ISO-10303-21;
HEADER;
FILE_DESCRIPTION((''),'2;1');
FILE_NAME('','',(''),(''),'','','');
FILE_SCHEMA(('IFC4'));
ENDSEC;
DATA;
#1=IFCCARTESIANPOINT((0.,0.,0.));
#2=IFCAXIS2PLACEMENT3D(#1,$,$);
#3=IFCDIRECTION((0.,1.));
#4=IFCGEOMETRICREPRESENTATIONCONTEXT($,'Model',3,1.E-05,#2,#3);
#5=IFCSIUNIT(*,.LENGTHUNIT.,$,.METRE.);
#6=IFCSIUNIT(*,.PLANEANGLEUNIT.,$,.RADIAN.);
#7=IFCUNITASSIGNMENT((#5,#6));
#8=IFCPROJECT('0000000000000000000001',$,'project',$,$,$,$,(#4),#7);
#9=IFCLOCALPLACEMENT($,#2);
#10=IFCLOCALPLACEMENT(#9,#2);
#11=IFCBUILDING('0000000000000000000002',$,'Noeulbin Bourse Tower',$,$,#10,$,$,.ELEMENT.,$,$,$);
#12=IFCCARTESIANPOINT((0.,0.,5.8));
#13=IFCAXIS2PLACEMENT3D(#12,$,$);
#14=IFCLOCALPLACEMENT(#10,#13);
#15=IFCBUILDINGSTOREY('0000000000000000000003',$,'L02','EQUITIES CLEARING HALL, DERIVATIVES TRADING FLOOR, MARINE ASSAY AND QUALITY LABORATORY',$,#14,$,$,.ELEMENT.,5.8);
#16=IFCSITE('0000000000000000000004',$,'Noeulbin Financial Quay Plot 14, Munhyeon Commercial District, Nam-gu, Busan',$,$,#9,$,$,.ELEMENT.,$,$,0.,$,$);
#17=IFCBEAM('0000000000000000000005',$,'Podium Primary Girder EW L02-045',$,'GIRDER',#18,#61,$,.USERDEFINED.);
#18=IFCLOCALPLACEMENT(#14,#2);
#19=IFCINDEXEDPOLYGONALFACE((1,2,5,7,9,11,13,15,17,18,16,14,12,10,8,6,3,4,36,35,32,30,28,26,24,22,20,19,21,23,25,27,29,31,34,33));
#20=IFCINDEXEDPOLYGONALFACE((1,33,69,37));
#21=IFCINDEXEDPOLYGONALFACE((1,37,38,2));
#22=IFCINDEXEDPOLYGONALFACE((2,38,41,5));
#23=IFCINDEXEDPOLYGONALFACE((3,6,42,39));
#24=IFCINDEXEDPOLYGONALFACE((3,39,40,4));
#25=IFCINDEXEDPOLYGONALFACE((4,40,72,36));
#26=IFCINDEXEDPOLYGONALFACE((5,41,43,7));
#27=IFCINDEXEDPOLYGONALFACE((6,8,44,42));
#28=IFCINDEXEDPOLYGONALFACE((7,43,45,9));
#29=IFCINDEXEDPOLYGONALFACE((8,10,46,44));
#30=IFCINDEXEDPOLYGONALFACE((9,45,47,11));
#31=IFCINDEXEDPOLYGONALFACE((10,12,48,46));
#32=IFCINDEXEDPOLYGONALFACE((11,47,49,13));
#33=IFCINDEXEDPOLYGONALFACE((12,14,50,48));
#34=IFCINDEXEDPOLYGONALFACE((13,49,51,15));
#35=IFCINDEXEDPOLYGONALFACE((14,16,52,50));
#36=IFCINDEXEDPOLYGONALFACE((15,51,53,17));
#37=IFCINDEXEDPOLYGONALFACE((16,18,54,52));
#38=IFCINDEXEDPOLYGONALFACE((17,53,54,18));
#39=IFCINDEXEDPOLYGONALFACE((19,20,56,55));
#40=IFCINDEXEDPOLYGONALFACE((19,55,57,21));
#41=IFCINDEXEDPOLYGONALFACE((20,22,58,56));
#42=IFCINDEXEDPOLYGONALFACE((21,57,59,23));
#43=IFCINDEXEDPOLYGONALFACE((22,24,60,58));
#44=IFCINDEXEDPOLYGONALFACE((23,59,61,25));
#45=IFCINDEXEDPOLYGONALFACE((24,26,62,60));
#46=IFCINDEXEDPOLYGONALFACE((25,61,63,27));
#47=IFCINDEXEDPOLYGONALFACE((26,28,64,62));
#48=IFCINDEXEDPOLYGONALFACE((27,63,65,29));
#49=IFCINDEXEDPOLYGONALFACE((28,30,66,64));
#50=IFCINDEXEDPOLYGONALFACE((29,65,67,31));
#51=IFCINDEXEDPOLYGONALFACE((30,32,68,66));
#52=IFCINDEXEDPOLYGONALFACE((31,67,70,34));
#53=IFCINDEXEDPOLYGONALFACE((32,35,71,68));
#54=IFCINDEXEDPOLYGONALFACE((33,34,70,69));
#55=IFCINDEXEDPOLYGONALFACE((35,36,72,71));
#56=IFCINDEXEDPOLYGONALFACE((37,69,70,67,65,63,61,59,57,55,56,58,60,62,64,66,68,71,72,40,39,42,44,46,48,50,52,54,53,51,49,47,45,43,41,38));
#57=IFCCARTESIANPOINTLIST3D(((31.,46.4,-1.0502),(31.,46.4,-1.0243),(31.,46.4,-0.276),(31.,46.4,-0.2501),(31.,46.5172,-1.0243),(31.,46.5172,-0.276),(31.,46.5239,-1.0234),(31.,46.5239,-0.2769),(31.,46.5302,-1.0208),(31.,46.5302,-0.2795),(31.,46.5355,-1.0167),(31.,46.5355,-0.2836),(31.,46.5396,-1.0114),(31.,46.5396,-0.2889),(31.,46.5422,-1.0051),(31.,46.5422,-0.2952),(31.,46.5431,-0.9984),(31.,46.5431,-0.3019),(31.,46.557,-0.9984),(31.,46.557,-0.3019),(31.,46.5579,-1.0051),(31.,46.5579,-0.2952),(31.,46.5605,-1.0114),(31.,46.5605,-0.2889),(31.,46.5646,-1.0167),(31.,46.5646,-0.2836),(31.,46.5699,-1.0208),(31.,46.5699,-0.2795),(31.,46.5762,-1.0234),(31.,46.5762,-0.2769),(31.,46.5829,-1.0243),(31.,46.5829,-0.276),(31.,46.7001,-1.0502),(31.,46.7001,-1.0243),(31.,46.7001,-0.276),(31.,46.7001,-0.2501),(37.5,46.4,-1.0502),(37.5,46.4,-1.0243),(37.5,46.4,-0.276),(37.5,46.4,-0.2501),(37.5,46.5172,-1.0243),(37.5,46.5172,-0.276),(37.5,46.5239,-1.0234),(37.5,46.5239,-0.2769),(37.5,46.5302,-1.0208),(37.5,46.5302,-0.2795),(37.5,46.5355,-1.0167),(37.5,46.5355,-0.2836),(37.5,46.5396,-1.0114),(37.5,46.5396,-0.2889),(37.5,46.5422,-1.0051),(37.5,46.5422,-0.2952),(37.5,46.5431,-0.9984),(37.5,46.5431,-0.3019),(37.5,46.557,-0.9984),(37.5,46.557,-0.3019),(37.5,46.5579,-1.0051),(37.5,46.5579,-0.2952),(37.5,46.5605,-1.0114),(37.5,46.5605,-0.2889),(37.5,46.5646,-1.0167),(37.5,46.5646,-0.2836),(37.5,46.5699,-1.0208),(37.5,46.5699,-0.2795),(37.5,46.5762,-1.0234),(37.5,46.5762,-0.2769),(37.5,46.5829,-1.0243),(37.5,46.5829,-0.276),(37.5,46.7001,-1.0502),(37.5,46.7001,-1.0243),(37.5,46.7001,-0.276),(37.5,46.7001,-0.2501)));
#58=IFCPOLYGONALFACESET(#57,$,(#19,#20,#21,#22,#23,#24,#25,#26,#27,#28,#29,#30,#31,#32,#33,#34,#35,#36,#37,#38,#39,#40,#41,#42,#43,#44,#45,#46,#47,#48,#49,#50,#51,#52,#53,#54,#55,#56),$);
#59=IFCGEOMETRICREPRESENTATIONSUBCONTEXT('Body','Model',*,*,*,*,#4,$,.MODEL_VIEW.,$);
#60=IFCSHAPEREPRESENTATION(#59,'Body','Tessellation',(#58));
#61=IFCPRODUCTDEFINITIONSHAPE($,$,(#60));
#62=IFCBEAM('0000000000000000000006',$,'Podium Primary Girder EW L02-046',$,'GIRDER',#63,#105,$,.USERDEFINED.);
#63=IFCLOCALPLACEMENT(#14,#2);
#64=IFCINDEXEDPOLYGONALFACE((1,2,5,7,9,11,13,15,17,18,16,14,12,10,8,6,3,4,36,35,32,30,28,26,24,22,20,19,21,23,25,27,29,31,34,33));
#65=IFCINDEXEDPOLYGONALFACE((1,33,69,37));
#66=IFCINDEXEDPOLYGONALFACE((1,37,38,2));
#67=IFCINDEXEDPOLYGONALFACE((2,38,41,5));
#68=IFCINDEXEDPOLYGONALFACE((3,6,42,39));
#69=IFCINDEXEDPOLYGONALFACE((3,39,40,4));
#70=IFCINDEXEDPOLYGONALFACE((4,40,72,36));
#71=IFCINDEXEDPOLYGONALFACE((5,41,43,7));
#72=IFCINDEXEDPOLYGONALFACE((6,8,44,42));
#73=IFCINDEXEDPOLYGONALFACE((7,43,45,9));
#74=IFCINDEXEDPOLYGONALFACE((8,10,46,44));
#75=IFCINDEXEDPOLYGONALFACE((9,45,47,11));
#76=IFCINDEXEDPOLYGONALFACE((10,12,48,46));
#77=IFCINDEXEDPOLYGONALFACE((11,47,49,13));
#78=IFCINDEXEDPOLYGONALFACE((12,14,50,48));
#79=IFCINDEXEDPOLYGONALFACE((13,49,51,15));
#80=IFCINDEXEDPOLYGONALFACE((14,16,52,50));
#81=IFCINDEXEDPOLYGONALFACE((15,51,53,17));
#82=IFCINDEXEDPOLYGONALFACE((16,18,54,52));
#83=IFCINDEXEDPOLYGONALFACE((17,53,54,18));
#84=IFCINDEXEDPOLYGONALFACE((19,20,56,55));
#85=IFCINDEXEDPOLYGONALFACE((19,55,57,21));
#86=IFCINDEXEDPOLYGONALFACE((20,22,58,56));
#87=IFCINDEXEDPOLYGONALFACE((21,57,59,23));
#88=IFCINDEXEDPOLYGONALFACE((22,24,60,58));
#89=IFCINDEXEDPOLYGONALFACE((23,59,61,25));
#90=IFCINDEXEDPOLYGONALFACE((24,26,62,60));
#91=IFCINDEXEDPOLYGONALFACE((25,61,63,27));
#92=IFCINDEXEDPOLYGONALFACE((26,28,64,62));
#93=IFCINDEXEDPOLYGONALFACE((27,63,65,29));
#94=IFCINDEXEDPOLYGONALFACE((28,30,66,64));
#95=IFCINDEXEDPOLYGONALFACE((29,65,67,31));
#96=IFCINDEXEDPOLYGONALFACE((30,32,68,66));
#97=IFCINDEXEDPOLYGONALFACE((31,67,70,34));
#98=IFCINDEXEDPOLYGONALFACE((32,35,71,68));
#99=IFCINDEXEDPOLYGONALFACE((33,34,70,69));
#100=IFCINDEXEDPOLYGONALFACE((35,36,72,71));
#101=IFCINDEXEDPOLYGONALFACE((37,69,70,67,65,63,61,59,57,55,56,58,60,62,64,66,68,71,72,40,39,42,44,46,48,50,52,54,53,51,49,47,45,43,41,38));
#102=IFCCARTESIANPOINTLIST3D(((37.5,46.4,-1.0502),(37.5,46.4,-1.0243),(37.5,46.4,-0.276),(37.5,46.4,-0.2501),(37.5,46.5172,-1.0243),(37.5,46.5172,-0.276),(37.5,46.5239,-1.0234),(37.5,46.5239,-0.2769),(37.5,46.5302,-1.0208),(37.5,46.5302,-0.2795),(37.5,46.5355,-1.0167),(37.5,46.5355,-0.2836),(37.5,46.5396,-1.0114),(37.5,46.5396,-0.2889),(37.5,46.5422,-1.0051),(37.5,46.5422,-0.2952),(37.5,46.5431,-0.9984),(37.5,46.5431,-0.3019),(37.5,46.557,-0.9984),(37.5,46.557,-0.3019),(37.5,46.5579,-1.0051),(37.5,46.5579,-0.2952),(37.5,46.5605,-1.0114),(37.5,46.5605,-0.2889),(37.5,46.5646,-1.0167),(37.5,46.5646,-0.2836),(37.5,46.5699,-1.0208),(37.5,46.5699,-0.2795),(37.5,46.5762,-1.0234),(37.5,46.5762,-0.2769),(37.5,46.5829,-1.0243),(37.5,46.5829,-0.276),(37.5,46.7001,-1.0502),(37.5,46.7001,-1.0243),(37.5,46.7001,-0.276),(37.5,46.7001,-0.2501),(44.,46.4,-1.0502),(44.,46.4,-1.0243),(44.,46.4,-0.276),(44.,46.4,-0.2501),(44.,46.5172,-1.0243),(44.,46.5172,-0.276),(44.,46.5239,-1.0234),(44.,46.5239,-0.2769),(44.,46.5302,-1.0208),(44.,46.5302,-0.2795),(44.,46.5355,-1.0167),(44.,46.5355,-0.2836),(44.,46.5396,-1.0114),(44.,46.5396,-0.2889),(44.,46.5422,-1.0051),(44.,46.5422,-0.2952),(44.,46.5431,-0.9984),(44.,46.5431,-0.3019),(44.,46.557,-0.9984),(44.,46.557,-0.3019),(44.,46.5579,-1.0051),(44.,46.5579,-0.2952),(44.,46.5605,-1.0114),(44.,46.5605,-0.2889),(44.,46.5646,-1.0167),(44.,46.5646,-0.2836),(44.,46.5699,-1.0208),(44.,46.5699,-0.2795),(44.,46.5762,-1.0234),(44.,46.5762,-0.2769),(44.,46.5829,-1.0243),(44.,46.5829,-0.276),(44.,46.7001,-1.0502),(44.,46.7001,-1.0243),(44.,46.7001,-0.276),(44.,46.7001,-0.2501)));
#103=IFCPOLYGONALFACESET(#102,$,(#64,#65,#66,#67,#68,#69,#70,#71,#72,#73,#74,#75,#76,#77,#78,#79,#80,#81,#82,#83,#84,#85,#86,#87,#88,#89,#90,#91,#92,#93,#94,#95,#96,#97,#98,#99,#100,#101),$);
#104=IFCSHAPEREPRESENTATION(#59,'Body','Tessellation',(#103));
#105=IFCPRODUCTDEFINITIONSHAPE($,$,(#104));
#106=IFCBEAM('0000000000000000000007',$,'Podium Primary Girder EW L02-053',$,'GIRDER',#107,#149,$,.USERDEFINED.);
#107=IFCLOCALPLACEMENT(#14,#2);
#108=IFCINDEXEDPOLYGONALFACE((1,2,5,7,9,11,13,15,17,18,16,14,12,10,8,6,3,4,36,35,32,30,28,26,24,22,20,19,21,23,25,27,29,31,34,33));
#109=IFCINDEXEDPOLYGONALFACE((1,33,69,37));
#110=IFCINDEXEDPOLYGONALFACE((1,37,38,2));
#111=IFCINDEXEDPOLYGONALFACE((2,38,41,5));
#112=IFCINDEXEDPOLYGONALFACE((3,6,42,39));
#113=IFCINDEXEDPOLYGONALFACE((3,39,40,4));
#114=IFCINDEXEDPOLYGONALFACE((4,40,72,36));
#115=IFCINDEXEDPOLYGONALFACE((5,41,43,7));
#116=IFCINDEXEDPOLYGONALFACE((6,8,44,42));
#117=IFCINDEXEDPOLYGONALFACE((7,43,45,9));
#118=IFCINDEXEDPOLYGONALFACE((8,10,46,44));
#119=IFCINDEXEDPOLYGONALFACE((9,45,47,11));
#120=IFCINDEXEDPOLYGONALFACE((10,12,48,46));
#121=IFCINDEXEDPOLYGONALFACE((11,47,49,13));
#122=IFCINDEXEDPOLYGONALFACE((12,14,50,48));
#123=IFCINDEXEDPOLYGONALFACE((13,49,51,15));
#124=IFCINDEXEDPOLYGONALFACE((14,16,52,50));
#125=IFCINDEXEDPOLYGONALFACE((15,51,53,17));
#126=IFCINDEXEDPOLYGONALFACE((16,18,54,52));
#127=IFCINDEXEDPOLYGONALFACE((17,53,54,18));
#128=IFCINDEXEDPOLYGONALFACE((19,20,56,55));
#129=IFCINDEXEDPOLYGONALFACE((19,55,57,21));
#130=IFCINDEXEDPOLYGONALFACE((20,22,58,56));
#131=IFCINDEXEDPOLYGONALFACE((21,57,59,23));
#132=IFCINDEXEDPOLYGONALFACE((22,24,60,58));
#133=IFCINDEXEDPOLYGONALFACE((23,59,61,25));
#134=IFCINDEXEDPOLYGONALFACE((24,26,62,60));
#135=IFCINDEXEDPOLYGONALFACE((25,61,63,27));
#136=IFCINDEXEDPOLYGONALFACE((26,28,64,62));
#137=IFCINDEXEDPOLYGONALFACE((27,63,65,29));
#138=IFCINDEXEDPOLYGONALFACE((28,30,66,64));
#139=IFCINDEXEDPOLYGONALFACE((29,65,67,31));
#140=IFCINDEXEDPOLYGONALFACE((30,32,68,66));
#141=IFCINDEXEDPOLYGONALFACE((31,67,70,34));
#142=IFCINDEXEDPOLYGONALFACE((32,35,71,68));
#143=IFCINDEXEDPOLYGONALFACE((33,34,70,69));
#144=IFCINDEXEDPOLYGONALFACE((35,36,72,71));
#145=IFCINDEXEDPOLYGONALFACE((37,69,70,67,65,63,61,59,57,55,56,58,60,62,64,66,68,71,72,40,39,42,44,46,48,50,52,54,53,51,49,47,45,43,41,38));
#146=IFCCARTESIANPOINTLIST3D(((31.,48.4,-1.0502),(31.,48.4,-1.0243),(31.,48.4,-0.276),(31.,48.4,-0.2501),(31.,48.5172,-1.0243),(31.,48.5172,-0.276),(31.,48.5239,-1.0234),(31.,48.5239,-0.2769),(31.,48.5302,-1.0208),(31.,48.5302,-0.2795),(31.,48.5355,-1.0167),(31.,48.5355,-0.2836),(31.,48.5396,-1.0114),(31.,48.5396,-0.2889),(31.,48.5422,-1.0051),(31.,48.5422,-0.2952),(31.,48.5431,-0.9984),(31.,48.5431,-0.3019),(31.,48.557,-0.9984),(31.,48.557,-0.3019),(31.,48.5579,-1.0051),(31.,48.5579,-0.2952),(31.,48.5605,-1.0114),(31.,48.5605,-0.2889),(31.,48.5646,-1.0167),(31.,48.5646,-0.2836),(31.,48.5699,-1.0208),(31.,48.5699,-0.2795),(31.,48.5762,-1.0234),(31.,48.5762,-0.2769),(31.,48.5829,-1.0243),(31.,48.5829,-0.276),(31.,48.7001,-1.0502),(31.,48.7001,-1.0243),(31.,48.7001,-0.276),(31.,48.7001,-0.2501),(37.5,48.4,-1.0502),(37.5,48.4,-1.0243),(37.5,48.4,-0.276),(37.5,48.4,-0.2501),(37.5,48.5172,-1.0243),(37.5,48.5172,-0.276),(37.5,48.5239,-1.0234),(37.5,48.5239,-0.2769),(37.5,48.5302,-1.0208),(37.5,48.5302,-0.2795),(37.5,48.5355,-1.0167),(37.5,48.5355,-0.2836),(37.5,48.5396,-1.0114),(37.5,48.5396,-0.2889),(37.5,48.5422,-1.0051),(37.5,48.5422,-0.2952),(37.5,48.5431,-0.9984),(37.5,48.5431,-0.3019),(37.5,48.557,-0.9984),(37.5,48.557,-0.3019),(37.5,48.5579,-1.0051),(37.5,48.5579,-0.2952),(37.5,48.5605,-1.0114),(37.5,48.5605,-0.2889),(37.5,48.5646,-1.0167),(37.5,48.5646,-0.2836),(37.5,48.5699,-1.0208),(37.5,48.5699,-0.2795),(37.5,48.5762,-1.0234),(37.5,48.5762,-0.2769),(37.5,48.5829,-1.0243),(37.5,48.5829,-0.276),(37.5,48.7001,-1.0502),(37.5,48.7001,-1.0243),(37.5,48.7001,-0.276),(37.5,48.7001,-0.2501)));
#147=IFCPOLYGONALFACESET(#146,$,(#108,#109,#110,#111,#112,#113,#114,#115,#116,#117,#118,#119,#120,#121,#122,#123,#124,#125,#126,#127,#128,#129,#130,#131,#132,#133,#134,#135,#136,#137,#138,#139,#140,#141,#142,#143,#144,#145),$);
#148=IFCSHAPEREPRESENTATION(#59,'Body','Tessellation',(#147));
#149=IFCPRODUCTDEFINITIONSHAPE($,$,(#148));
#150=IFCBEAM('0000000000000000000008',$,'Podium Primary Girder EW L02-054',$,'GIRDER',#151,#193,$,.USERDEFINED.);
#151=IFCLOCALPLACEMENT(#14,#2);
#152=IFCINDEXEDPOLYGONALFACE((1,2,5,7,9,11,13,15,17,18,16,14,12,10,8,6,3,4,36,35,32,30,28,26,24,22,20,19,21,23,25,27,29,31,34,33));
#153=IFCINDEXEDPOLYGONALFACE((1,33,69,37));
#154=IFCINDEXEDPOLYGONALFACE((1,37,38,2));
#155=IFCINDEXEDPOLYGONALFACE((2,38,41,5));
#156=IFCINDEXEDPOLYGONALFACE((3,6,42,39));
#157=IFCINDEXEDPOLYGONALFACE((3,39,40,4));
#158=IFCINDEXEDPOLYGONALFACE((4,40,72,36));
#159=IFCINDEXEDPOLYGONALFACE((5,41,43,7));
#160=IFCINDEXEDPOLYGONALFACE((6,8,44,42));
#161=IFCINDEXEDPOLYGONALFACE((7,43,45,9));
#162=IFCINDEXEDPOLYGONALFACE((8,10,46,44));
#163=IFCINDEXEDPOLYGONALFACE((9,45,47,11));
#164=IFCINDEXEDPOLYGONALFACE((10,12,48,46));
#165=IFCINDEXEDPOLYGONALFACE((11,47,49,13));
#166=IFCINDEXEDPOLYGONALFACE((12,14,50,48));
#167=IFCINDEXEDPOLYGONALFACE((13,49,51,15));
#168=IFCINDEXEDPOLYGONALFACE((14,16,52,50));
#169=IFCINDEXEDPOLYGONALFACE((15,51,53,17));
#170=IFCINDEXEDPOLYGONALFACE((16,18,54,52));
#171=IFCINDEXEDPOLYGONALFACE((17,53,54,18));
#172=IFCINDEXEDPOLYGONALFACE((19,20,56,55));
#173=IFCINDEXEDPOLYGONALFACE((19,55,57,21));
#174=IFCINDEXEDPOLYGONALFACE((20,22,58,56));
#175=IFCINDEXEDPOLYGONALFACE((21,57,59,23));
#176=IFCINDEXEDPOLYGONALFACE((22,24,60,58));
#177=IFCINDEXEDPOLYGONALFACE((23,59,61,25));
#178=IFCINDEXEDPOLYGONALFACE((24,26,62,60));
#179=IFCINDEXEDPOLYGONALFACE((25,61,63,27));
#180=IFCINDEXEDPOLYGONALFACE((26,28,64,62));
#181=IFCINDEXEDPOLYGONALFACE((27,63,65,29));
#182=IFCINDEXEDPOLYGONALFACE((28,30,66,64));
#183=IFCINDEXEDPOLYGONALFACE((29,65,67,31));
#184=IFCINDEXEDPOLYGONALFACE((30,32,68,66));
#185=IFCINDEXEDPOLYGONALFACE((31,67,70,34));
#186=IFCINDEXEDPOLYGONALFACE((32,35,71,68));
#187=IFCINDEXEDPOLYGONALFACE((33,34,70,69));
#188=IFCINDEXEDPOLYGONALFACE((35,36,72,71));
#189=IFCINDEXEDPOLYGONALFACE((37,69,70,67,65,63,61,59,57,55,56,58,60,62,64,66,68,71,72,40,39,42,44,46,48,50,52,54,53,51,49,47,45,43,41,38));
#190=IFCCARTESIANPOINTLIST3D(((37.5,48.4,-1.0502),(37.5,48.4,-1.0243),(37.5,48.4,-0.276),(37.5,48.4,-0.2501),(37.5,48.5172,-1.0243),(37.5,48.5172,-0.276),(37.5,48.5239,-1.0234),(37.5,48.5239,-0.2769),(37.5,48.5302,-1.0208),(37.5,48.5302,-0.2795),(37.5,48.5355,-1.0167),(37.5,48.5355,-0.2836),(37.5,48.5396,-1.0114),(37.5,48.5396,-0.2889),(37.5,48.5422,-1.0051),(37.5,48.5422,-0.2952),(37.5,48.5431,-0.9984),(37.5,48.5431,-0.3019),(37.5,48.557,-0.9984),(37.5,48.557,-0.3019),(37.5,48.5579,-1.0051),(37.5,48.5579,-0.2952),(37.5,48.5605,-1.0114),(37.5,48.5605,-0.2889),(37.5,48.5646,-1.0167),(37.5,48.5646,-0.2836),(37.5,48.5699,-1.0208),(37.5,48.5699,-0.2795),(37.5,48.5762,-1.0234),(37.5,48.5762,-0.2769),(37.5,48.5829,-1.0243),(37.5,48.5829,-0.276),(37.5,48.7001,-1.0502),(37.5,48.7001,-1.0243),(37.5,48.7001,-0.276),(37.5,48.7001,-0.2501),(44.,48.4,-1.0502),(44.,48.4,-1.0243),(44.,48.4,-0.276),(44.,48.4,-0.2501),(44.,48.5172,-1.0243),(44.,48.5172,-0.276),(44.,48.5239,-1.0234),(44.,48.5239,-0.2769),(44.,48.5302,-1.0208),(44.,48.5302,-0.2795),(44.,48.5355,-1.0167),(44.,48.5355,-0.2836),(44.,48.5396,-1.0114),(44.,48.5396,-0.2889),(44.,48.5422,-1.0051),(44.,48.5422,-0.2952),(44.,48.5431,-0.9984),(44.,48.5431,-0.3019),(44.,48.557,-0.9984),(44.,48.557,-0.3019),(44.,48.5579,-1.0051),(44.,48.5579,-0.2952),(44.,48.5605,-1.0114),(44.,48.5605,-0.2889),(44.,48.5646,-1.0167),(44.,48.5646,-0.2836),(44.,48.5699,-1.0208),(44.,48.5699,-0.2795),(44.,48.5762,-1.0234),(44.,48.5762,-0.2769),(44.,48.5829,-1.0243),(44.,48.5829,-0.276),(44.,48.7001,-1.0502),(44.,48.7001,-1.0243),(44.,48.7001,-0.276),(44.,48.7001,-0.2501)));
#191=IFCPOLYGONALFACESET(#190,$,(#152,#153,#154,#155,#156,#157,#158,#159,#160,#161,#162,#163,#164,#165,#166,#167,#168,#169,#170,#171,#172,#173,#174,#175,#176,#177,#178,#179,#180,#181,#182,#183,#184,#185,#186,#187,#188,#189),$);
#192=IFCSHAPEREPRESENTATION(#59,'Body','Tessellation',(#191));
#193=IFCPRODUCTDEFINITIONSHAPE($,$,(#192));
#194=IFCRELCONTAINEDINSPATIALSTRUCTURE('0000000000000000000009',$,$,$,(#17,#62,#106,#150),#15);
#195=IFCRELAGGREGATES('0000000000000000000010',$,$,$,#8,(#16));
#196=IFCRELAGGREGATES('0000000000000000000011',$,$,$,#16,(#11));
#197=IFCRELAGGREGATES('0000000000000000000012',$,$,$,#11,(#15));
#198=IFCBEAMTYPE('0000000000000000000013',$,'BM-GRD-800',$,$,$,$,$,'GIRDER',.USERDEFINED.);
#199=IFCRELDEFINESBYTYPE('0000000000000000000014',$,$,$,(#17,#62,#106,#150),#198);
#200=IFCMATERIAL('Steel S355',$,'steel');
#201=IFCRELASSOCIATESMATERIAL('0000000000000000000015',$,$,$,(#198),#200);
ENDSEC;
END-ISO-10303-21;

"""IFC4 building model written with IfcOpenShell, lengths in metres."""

from ifc_helpers import new_model, si_unit, direction, frame, origin, origin_2d, place, context, subcontext, project, spatial, i_section, extrude, material, material_profile, profile_set, type_object, element, save


model = new_model("IFC4")

# Units and contexts
model_context = context("Model", 3, precision=1e-05, world=origin(), true_north=direction((0.0, 1.0)))
body_context = subcontext(model_context, "Body", "Model", "MODEL_VIEW")
ifc_project = project(units=[si_unit("LENGTHUNIT", "METRE"), si_unit("PLANEANGLEUNIT", "RADIAN")], contexts=[model_context])

# Site, building, storey
site_placement = place(None, origin())
site = spatial("IfcSite", under=ifc_project, at=site_placement, Name="Noeulbin Financial Quay Plot 14, Munhyeon Commercial District, Nam-gu, Busan", CompositionType="ELEMENT", RefElevation=0.0)
building_placement = place(site_placement, origin())
building = spatial("IfcBuilding", under=site, at=building_placement, Name="Noeulbin Bourse Tower", CompositionType="ELEMENT")
storey_placement = place(building_placement, frame((0.0, 0.0, 5.8)))
storey = spatial("IfcBuildingStorey", under=building, at=storey_placement, Name="L02", Description="EQUITIES CLEARING HALL, DERIVATIVES TRADING FLOOR, MARINE ASSAY AND QUALITY LABORATORY", CompositionType="ELEMENT", Elevation=5.8)

# Beams
ifc_material_1 = material(Name="Steel S355", Category="steel")
ifc_material_profile_1 = material_profile(ifc_material_1, i_section(OverallWidth=0.3, OverallDepth=0.8, WebThickness=0.0139, FlangeThickness=0.0259, FilletRadius=0.0259, at=origin_2d()), Name="H-800x300x14x26", Category="LoadBearing")
ifc_profile_set_1 = profile_set([ifc_material_profile_1], Name="Steel S355")
beam_type_1 = type_object("IfcBeamType", Name="BM-GRD-800", ElementType="GIRDER", PredefinedType="USERDEFINED", material=ifc_profile_set_1)
for number, where, z_axis, x_axis, name in (
    (1, (31.0, 46.55, -0.6501), (1.0, 0.0, 0.0), (0.0, 1.0, 0.0), "Podium Primary Girder EW L02-045"),
    (2, (37.5, 46.55, -0.6501), (1.0, 0.0, 0.0), (0.0, 1.0, 0.0), "Podium Primary Girder EW L02-046"),
    (3, (31.0, 48.55, -0.6501), (1.0, 0.0, 0.0), (0.0, 1.0, 0.0), "Podium Primary Girder EW L02-053"),
    (4, (37.5, 48.55, -0.6501), (1.0, 0.0, 0.0), (0.0, 1.0, 0.0), "Podium Primary Girder EW L02-054"),
):
    element("IfcBeam", number, at=place(storey_placement, frame(where, z_axis=z_axis, x_axis=x_axis)), inside=storey, type_object=beam_type_1, Name=name, ObjectType="GIRDER", PredefinedType="USERDEFINED", context=body_context, shape_type="SweptSolid", body=[
        extrude(i_section(OverallWidth=0.3, OverallDepth=0.8, WebThickness=0.0139, FlangeThickness=0.0259, FilletRadius=0.0259, at=origin_2d()), origin(), (0.0, 0.0, 1.0), 6.5),
    ])

save(model, "model.ifc")
